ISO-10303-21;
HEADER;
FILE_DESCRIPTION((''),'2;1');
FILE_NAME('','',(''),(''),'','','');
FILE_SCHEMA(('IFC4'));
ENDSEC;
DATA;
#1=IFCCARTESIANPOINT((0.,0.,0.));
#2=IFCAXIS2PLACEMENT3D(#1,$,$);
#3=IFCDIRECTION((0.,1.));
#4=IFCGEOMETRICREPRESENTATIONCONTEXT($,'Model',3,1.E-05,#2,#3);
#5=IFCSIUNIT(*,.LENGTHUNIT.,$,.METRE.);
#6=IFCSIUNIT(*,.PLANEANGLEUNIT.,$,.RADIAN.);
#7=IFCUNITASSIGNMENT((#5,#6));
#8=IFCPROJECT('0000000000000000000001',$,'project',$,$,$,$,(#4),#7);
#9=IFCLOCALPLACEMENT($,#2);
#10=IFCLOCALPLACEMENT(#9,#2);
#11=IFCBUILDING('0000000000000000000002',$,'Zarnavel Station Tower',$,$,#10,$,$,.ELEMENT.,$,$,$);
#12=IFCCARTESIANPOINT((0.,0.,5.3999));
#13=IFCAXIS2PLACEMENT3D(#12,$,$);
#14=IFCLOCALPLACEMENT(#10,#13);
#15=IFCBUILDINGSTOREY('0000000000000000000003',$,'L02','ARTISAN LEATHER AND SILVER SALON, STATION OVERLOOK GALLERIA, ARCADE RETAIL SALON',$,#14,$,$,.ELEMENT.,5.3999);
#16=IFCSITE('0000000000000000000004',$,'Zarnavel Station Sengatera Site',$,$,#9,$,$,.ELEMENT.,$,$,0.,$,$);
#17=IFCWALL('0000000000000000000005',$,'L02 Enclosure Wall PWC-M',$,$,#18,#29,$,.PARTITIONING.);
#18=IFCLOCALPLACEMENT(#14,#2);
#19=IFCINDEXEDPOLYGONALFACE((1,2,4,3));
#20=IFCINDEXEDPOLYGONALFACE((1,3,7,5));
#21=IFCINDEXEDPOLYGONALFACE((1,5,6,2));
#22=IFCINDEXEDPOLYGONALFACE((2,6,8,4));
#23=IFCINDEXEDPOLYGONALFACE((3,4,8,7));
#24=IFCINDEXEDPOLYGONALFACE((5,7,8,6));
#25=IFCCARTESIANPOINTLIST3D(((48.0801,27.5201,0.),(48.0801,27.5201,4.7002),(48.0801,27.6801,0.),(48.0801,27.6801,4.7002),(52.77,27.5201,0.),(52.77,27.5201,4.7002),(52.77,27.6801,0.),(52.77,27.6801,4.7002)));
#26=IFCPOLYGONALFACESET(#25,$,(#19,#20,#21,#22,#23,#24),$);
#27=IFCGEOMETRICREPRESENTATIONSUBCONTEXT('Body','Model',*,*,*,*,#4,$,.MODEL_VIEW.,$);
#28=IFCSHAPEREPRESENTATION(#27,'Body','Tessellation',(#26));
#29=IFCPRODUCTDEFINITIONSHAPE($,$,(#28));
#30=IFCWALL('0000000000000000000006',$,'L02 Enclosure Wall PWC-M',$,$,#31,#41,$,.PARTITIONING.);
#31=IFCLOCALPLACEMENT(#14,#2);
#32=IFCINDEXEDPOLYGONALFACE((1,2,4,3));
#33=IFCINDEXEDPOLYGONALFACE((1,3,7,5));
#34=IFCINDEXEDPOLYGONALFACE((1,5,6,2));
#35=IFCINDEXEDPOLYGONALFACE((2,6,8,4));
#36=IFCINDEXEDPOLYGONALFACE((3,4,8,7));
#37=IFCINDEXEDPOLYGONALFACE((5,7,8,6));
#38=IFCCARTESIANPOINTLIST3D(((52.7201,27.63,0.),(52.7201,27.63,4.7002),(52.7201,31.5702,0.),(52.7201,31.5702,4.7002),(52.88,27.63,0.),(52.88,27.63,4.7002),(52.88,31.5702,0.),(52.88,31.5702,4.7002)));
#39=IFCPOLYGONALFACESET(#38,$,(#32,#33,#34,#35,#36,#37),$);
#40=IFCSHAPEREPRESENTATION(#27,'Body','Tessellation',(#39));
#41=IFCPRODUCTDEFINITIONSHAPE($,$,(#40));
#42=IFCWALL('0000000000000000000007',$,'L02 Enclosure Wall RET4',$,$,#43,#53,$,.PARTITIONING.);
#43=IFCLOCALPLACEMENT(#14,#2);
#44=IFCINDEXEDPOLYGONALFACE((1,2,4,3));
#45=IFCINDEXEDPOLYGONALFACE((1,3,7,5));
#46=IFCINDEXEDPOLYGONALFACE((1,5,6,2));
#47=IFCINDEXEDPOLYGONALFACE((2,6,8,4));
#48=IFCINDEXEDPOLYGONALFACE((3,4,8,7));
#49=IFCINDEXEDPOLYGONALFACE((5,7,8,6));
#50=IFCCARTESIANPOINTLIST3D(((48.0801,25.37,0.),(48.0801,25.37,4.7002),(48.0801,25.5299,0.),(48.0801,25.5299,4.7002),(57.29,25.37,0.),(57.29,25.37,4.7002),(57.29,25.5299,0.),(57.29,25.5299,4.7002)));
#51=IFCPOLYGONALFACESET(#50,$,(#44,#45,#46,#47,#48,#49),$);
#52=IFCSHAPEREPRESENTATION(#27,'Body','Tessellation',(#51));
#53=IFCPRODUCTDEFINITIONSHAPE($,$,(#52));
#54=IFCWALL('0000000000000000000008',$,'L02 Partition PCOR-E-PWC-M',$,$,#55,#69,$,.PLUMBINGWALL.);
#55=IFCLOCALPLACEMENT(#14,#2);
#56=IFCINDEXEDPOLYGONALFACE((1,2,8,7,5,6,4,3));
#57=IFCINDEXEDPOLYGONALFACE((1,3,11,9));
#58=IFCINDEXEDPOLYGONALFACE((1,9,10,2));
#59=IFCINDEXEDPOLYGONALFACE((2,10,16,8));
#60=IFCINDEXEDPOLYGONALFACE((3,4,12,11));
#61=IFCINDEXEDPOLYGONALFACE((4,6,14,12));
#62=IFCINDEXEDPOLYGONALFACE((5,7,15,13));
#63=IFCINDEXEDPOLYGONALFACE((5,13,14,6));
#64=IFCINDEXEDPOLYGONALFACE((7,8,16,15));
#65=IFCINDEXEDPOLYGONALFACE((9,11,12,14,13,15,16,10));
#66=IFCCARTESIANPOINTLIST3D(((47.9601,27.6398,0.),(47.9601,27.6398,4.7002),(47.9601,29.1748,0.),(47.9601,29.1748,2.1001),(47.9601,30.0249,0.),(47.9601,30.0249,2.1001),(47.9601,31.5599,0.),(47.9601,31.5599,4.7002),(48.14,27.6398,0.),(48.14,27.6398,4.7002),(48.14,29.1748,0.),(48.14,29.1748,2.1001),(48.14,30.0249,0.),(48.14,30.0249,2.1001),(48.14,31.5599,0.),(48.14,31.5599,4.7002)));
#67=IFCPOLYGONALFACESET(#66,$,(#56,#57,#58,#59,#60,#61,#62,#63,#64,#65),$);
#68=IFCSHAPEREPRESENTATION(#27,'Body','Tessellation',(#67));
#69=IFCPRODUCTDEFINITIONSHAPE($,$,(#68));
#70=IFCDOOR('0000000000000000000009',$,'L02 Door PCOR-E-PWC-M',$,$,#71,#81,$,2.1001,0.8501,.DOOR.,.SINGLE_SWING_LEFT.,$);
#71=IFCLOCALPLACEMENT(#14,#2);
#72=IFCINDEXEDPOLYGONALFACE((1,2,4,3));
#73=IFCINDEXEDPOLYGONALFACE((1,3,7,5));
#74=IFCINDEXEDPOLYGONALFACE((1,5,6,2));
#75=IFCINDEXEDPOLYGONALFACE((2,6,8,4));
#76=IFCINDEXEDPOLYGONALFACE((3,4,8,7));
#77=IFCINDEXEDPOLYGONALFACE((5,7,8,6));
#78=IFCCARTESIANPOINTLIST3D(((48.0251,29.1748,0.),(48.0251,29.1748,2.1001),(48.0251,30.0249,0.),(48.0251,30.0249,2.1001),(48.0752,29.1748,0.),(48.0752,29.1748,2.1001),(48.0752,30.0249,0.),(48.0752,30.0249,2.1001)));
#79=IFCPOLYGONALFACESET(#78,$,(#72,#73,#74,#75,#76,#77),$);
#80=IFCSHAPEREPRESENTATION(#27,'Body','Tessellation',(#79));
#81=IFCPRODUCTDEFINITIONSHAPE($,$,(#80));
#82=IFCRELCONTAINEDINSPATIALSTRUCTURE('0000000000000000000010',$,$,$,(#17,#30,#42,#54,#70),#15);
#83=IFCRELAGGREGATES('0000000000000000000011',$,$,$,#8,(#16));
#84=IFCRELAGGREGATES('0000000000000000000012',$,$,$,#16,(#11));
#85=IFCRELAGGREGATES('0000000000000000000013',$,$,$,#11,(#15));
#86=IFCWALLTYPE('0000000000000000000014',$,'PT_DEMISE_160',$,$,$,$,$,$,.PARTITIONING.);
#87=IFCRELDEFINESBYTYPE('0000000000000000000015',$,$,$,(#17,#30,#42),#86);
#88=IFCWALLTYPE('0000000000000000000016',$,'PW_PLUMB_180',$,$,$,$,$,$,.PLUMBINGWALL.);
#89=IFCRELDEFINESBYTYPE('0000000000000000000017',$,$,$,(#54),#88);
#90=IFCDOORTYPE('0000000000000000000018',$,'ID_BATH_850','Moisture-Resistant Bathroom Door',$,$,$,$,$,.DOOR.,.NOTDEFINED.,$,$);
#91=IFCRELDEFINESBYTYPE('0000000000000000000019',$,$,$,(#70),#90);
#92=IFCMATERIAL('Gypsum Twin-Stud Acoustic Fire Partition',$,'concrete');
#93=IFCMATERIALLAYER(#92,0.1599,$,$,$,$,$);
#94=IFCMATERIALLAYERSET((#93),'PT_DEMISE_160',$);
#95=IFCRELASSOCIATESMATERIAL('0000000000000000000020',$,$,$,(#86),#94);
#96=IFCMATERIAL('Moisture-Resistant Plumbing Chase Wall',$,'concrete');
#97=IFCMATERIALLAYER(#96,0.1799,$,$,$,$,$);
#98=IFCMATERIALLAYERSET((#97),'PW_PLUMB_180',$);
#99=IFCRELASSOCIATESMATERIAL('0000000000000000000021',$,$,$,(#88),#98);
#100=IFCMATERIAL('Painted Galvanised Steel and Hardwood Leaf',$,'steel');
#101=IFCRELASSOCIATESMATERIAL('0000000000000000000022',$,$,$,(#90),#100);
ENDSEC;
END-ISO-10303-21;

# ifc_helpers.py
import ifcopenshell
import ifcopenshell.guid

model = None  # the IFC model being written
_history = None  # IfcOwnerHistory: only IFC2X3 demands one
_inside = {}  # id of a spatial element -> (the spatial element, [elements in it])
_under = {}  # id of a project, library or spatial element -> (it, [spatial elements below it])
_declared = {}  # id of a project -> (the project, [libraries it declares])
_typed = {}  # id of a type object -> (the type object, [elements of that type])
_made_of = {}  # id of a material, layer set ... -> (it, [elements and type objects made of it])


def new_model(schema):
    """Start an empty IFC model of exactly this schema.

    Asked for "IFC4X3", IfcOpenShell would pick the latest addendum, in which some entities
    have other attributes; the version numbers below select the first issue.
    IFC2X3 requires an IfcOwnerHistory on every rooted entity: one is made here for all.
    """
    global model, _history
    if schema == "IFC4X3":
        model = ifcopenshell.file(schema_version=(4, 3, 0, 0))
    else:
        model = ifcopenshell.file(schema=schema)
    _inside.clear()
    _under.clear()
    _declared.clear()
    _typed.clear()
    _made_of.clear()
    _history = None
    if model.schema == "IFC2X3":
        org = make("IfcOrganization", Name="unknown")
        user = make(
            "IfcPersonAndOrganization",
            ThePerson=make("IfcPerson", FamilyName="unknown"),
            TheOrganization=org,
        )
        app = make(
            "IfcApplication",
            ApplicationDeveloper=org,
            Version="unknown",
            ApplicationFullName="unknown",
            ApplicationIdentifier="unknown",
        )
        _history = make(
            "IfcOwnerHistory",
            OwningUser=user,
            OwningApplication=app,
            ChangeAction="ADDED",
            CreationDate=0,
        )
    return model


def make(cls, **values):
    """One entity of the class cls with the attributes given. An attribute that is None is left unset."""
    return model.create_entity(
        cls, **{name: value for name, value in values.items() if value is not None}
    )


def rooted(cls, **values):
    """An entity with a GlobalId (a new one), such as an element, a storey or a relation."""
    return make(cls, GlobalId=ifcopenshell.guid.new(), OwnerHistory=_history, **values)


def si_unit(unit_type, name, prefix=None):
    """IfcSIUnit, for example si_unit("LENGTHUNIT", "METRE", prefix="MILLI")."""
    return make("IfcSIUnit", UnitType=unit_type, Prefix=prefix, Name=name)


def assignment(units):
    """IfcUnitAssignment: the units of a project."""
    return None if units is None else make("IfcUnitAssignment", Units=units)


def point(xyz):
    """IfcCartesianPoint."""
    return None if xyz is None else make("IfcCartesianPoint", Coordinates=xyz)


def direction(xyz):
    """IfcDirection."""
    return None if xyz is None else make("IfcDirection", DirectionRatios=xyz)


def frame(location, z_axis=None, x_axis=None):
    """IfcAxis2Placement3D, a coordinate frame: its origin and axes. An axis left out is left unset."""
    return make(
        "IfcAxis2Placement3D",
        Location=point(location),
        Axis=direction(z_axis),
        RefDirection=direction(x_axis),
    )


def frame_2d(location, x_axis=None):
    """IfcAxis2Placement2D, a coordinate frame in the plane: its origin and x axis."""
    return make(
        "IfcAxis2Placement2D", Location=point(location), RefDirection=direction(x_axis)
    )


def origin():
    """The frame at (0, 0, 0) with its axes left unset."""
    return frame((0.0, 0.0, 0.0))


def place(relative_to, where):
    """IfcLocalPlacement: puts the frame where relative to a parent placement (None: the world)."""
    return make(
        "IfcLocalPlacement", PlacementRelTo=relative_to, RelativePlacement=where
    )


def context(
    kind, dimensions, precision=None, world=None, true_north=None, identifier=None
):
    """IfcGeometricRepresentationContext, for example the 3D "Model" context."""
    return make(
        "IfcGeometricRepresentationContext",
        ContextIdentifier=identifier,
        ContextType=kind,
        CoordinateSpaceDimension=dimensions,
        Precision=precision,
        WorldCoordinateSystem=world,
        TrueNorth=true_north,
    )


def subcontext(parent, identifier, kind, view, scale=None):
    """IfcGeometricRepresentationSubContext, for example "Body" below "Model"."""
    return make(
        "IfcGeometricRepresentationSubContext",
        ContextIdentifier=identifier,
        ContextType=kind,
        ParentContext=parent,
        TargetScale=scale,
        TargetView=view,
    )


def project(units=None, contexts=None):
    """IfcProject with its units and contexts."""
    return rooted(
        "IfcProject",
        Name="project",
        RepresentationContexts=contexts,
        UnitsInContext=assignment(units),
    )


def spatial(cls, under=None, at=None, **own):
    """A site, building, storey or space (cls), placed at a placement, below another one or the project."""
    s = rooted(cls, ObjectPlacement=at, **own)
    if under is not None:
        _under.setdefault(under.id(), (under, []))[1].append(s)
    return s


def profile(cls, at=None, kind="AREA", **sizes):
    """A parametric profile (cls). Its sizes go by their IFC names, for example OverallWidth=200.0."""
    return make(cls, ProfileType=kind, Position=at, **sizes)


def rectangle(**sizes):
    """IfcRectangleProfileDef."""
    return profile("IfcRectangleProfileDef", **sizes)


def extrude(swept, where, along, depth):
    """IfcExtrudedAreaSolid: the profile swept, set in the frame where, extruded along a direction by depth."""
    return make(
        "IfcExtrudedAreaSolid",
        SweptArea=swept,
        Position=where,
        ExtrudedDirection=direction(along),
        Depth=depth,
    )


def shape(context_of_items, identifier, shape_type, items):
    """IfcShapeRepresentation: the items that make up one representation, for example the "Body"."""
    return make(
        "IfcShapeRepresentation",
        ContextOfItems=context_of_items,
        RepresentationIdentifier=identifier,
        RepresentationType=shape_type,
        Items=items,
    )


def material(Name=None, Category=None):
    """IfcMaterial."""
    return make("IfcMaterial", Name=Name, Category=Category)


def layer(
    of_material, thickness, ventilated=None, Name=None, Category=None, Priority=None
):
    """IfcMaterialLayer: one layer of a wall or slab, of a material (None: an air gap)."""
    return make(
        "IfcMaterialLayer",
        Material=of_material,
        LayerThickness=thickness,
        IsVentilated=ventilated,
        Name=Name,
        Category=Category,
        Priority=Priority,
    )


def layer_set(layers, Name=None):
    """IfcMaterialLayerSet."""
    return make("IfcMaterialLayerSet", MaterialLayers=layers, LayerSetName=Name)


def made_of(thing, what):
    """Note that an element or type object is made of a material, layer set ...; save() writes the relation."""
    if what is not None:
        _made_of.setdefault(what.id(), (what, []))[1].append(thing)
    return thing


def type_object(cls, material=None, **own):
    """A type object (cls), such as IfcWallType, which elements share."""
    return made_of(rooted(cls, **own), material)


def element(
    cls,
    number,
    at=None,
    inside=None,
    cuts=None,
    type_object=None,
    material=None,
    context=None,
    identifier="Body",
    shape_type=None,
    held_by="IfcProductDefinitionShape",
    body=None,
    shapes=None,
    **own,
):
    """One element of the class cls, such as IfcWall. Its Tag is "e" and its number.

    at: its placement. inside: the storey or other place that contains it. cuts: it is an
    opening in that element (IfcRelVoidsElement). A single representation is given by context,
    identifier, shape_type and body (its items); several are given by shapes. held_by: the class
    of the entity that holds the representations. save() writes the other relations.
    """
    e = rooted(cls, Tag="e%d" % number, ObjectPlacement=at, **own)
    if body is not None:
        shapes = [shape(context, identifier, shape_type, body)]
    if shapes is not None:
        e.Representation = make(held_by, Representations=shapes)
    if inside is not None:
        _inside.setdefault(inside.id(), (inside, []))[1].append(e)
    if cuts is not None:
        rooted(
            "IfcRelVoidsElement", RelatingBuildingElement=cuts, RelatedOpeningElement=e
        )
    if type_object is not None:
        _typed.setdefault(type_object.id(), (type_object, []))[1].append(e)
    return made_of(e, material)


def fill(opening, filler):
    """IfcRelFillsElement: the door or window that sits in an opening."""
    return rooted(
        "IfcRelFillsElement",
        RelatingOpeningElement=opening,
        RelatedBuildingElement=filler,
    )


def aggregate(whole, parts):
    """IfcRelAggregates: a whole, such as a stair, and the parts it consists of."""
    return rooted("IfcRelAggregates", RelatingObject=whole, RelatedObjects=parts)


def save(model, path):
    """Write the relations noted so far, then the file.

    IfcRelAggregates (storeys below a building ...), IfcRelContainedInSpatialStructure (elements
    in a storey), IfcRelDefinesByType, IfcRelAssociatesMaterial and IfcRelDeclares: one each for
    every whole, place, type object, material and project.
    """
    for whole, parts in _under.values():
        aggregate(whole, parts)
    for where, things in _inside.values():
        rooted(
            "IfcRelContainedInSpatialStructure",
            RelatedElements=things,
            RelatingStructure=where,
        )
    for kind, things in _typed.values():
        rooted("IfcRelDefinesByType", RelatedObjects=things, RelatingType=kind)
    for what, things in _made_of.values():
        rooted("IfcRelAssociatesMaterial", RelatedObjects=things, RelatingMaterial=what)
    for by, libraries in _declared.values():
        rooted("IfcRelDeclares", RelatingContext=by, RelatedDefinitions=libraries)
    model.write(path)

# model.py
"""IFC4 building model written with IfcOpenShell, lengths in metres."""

from ifc_helpers import new_model, si_unit, direction, frame, frame_2d, origin, place, context, subcontext, project, spatial, rectangle, extrude, material, layer, layer_set, type_object, element, fill, save


model = new_model("IFC4")

# Units and contexts
model_context = context("Model", 3, precision=1e-05, world=origin(), true_north=direction((0.0, 1.0)))
body_context = subcontext(model_context, "Body", "Model", "MODEL_VIEW")
ifc_project = project(units=[si_unit("LENGTHUNIT", "METRE"), si_unit("PLANEANGLEUNIT", "RADIAN")], contexts=[model_context])

# Site, building, storey
site_placement = place(None, origin())
site = spatial("IfcSite", under=ifc_project, at=site_placement, Name="Zarnavel Station Sengatera Site", CompositionType="ELEMENT", RefElevation=0.0)
building_placement = place(site_placement, origin())
building = spatial("IfcBuilding", under=site, at=building_placement, Name="Zarnavel Station Tower", CompositionType="ELEMENT")
storey_placement = place(building_placement, frame((0.0, 0.0, 5.3999)))
storey = spatial("IfcBuildingStorey", under=building, at=storey_placement, Name="L02", Description="ARTISAN LEATHER AND SILVER SALON, STATION OVERLOOK GALLERIA, ARCADE RETAIL SALON", CompositionType="ELEMENT", Elevation=5.3999)

# Walls
ifc_material_1 = material(Name="Gypsum Twin-Stud Acoustic Fire Partition", Category="concrete")
ifc_layer_1 = layer(ifc_material_1, 0.1599)
ifc_layer_set_1 = layer_set([ifc_layer_1], Name="PT_DEMISE_160")
wall_type_1 = type_object("IfcWallType", Name="PT_DEMISE_160", PredefinedType="PARTITIONING", material=ifc_layer_set_1)
wall_1_placement = place(storey_placement, frame((48.0801, 27.6001, 0.0), z_axis=(0.0, 0.0, 1.0), x_axis=(1.0, 0.0, 0.0)))
element("IfcWall", 1, at=wall_1_placement, inside=storey, type_object=wall_type_1, Name="L02 Enclosure Wall PWC-M", PredefinedType="PARTITIONING", context=body_context, shape_type="SweptSolid", body=[
    extrude(rectangle(XDim=4.6899, YDim=0.1599, at=frame_2d((2.345, 0.0))), origin(), (0.0, 0.0, 1.0), 4.7002),
])
wall_2_placement = place(storey_placement, frame((52.8, 27.6299, 0.0), z_axis=(0.0, 0.0, 1.0), x_axis=(0.0, 1.0, 0.0)))
element("IfcWall", 2, at=wall_2_placement, inside=storey, type_object=wall_type_1, Name="L02 Enclosure Wall PWC-M", PredefinedType="PARTITIONING", context=body_context, shape_type="SweptSolid", body=[
    extrude(rectangle(XDim=3.9402, YDim=0.1599, at=frame_2d((1.9702, 0.0))), origin(), (0.0, 0.0, 1.0), 4.7002),
])
wall_3_placement = place(storey_placement, frame((48.0801, 25.45, 0.0), z_axis=(0.0, 0.0, 1.0), x_axis=(1.0, 0.0, 0.0)))
element("IfcWall", 3, at=wall_3_placement, inside=storey, type_object=wall_type_1, Name="L02 Enclosure Wall RET4", PredefinedType="PARTITIONING", context=body_context, shape_type="SweptSolid", body=[
    extrude(rectangle(XDim=9.21, YDim=0.1599, at=frame_2d((4.605, 0.0))), origin(), (0.0, 0.0, 1.0), 4.7002),
])

# Wall, opening, door
ifc_material_2 = material(Name="Moisture-Resistant Plumbing Chase Wall", Category="concrete")
ifc_layer_2 = layer(ifc_material_2, 0.1799)
ifc_layer_set_2 = layer_set([ifc_layer_2], Name="PW_PLUMB_180")
wall_type_2 = type_object("IfcWallType", Name="PW_PLUMB_180", PredefinedType="PLUMBINGWALL", material=ifc_layer_set_2)
wall_4_placement = place(storey_placement, frame((48.05, 27.6399, 0.0), z_axis=(0.0, 0.0, 1.0), x_axis=(0.0, 1.0, 0.0)))
wall_4 = element("IfcWall", 4, at=wall_4_placement, inside=storey, type_object=wall_type_2, Name="L02 Partition PCOR-E-PWC-M", PredefinedType="PLUMBINGWALL", context=body_context, shape_type="SweptSolid", body=[
    extrude(rectangle(XDim=3.9202, YDim=0.1799, at=frame_2d((1.96, 0.0))), origin(), (0.0, 0.0, 1.0), 4.7002),
])
opening_placement = place(wall_4_placement, frame((1.5349, 0.0, 0.0)))
opening = element("IfcOpeningElement", 5, at=opening_placement, cuts=wall_4, PredefinedType="OPENING", context=body_context, shape_type="SweptSolid", body=[
    extrude(rectangle(XDim=0.8501, YDim=2.1001, at=frame_2d((0.425, 1.05))), frame((0.0, 0.0999, 0.0), z_axis=(0.0, -1.0, 0.0), x_axis=(1.0, 0.0, 0.0)), (0.0, 0.0, 1.0), 0.2),
])
ifc_material_3 = material(Name="Painted Galvanised Steel and Hardwood Leaf", Category="steel")
door_type = type_object("IfcDoorType", Name="ID_BATH_850", Description="Moisture-Resistant Bathroom Door", OperationType="NOTDEFINED", PredefinedType="DOOR", material=ifc_material_3)
door_placement = place(opening_placement, origin())
door = element("IfcDoor", 6, at=door_placement, inside=storey, type_object=door_type, Name="L02 Door PCOR-E-PWC-M", OperationType="SINGLE_SWING_LEFT", OverallHeight=2.1001, OverallWidth=0.8501, PredefinedType="DOOR", context=body_context, shape_type="SweptSolid", body=[
    extrude(rectangle(XDim=0.8501, YDim=2.1001, at=frame_2d((0.425, 1.05))), frame((0.0, 0.0249, 0.0), z_axis=(0.0, -1.0, 0.0), x_axis=(1.0, 0.0, 0.0)), (0.0, 0.0, 1.0), 0.05),
])
fill(opening, door)

save(model, "model.ifc")
